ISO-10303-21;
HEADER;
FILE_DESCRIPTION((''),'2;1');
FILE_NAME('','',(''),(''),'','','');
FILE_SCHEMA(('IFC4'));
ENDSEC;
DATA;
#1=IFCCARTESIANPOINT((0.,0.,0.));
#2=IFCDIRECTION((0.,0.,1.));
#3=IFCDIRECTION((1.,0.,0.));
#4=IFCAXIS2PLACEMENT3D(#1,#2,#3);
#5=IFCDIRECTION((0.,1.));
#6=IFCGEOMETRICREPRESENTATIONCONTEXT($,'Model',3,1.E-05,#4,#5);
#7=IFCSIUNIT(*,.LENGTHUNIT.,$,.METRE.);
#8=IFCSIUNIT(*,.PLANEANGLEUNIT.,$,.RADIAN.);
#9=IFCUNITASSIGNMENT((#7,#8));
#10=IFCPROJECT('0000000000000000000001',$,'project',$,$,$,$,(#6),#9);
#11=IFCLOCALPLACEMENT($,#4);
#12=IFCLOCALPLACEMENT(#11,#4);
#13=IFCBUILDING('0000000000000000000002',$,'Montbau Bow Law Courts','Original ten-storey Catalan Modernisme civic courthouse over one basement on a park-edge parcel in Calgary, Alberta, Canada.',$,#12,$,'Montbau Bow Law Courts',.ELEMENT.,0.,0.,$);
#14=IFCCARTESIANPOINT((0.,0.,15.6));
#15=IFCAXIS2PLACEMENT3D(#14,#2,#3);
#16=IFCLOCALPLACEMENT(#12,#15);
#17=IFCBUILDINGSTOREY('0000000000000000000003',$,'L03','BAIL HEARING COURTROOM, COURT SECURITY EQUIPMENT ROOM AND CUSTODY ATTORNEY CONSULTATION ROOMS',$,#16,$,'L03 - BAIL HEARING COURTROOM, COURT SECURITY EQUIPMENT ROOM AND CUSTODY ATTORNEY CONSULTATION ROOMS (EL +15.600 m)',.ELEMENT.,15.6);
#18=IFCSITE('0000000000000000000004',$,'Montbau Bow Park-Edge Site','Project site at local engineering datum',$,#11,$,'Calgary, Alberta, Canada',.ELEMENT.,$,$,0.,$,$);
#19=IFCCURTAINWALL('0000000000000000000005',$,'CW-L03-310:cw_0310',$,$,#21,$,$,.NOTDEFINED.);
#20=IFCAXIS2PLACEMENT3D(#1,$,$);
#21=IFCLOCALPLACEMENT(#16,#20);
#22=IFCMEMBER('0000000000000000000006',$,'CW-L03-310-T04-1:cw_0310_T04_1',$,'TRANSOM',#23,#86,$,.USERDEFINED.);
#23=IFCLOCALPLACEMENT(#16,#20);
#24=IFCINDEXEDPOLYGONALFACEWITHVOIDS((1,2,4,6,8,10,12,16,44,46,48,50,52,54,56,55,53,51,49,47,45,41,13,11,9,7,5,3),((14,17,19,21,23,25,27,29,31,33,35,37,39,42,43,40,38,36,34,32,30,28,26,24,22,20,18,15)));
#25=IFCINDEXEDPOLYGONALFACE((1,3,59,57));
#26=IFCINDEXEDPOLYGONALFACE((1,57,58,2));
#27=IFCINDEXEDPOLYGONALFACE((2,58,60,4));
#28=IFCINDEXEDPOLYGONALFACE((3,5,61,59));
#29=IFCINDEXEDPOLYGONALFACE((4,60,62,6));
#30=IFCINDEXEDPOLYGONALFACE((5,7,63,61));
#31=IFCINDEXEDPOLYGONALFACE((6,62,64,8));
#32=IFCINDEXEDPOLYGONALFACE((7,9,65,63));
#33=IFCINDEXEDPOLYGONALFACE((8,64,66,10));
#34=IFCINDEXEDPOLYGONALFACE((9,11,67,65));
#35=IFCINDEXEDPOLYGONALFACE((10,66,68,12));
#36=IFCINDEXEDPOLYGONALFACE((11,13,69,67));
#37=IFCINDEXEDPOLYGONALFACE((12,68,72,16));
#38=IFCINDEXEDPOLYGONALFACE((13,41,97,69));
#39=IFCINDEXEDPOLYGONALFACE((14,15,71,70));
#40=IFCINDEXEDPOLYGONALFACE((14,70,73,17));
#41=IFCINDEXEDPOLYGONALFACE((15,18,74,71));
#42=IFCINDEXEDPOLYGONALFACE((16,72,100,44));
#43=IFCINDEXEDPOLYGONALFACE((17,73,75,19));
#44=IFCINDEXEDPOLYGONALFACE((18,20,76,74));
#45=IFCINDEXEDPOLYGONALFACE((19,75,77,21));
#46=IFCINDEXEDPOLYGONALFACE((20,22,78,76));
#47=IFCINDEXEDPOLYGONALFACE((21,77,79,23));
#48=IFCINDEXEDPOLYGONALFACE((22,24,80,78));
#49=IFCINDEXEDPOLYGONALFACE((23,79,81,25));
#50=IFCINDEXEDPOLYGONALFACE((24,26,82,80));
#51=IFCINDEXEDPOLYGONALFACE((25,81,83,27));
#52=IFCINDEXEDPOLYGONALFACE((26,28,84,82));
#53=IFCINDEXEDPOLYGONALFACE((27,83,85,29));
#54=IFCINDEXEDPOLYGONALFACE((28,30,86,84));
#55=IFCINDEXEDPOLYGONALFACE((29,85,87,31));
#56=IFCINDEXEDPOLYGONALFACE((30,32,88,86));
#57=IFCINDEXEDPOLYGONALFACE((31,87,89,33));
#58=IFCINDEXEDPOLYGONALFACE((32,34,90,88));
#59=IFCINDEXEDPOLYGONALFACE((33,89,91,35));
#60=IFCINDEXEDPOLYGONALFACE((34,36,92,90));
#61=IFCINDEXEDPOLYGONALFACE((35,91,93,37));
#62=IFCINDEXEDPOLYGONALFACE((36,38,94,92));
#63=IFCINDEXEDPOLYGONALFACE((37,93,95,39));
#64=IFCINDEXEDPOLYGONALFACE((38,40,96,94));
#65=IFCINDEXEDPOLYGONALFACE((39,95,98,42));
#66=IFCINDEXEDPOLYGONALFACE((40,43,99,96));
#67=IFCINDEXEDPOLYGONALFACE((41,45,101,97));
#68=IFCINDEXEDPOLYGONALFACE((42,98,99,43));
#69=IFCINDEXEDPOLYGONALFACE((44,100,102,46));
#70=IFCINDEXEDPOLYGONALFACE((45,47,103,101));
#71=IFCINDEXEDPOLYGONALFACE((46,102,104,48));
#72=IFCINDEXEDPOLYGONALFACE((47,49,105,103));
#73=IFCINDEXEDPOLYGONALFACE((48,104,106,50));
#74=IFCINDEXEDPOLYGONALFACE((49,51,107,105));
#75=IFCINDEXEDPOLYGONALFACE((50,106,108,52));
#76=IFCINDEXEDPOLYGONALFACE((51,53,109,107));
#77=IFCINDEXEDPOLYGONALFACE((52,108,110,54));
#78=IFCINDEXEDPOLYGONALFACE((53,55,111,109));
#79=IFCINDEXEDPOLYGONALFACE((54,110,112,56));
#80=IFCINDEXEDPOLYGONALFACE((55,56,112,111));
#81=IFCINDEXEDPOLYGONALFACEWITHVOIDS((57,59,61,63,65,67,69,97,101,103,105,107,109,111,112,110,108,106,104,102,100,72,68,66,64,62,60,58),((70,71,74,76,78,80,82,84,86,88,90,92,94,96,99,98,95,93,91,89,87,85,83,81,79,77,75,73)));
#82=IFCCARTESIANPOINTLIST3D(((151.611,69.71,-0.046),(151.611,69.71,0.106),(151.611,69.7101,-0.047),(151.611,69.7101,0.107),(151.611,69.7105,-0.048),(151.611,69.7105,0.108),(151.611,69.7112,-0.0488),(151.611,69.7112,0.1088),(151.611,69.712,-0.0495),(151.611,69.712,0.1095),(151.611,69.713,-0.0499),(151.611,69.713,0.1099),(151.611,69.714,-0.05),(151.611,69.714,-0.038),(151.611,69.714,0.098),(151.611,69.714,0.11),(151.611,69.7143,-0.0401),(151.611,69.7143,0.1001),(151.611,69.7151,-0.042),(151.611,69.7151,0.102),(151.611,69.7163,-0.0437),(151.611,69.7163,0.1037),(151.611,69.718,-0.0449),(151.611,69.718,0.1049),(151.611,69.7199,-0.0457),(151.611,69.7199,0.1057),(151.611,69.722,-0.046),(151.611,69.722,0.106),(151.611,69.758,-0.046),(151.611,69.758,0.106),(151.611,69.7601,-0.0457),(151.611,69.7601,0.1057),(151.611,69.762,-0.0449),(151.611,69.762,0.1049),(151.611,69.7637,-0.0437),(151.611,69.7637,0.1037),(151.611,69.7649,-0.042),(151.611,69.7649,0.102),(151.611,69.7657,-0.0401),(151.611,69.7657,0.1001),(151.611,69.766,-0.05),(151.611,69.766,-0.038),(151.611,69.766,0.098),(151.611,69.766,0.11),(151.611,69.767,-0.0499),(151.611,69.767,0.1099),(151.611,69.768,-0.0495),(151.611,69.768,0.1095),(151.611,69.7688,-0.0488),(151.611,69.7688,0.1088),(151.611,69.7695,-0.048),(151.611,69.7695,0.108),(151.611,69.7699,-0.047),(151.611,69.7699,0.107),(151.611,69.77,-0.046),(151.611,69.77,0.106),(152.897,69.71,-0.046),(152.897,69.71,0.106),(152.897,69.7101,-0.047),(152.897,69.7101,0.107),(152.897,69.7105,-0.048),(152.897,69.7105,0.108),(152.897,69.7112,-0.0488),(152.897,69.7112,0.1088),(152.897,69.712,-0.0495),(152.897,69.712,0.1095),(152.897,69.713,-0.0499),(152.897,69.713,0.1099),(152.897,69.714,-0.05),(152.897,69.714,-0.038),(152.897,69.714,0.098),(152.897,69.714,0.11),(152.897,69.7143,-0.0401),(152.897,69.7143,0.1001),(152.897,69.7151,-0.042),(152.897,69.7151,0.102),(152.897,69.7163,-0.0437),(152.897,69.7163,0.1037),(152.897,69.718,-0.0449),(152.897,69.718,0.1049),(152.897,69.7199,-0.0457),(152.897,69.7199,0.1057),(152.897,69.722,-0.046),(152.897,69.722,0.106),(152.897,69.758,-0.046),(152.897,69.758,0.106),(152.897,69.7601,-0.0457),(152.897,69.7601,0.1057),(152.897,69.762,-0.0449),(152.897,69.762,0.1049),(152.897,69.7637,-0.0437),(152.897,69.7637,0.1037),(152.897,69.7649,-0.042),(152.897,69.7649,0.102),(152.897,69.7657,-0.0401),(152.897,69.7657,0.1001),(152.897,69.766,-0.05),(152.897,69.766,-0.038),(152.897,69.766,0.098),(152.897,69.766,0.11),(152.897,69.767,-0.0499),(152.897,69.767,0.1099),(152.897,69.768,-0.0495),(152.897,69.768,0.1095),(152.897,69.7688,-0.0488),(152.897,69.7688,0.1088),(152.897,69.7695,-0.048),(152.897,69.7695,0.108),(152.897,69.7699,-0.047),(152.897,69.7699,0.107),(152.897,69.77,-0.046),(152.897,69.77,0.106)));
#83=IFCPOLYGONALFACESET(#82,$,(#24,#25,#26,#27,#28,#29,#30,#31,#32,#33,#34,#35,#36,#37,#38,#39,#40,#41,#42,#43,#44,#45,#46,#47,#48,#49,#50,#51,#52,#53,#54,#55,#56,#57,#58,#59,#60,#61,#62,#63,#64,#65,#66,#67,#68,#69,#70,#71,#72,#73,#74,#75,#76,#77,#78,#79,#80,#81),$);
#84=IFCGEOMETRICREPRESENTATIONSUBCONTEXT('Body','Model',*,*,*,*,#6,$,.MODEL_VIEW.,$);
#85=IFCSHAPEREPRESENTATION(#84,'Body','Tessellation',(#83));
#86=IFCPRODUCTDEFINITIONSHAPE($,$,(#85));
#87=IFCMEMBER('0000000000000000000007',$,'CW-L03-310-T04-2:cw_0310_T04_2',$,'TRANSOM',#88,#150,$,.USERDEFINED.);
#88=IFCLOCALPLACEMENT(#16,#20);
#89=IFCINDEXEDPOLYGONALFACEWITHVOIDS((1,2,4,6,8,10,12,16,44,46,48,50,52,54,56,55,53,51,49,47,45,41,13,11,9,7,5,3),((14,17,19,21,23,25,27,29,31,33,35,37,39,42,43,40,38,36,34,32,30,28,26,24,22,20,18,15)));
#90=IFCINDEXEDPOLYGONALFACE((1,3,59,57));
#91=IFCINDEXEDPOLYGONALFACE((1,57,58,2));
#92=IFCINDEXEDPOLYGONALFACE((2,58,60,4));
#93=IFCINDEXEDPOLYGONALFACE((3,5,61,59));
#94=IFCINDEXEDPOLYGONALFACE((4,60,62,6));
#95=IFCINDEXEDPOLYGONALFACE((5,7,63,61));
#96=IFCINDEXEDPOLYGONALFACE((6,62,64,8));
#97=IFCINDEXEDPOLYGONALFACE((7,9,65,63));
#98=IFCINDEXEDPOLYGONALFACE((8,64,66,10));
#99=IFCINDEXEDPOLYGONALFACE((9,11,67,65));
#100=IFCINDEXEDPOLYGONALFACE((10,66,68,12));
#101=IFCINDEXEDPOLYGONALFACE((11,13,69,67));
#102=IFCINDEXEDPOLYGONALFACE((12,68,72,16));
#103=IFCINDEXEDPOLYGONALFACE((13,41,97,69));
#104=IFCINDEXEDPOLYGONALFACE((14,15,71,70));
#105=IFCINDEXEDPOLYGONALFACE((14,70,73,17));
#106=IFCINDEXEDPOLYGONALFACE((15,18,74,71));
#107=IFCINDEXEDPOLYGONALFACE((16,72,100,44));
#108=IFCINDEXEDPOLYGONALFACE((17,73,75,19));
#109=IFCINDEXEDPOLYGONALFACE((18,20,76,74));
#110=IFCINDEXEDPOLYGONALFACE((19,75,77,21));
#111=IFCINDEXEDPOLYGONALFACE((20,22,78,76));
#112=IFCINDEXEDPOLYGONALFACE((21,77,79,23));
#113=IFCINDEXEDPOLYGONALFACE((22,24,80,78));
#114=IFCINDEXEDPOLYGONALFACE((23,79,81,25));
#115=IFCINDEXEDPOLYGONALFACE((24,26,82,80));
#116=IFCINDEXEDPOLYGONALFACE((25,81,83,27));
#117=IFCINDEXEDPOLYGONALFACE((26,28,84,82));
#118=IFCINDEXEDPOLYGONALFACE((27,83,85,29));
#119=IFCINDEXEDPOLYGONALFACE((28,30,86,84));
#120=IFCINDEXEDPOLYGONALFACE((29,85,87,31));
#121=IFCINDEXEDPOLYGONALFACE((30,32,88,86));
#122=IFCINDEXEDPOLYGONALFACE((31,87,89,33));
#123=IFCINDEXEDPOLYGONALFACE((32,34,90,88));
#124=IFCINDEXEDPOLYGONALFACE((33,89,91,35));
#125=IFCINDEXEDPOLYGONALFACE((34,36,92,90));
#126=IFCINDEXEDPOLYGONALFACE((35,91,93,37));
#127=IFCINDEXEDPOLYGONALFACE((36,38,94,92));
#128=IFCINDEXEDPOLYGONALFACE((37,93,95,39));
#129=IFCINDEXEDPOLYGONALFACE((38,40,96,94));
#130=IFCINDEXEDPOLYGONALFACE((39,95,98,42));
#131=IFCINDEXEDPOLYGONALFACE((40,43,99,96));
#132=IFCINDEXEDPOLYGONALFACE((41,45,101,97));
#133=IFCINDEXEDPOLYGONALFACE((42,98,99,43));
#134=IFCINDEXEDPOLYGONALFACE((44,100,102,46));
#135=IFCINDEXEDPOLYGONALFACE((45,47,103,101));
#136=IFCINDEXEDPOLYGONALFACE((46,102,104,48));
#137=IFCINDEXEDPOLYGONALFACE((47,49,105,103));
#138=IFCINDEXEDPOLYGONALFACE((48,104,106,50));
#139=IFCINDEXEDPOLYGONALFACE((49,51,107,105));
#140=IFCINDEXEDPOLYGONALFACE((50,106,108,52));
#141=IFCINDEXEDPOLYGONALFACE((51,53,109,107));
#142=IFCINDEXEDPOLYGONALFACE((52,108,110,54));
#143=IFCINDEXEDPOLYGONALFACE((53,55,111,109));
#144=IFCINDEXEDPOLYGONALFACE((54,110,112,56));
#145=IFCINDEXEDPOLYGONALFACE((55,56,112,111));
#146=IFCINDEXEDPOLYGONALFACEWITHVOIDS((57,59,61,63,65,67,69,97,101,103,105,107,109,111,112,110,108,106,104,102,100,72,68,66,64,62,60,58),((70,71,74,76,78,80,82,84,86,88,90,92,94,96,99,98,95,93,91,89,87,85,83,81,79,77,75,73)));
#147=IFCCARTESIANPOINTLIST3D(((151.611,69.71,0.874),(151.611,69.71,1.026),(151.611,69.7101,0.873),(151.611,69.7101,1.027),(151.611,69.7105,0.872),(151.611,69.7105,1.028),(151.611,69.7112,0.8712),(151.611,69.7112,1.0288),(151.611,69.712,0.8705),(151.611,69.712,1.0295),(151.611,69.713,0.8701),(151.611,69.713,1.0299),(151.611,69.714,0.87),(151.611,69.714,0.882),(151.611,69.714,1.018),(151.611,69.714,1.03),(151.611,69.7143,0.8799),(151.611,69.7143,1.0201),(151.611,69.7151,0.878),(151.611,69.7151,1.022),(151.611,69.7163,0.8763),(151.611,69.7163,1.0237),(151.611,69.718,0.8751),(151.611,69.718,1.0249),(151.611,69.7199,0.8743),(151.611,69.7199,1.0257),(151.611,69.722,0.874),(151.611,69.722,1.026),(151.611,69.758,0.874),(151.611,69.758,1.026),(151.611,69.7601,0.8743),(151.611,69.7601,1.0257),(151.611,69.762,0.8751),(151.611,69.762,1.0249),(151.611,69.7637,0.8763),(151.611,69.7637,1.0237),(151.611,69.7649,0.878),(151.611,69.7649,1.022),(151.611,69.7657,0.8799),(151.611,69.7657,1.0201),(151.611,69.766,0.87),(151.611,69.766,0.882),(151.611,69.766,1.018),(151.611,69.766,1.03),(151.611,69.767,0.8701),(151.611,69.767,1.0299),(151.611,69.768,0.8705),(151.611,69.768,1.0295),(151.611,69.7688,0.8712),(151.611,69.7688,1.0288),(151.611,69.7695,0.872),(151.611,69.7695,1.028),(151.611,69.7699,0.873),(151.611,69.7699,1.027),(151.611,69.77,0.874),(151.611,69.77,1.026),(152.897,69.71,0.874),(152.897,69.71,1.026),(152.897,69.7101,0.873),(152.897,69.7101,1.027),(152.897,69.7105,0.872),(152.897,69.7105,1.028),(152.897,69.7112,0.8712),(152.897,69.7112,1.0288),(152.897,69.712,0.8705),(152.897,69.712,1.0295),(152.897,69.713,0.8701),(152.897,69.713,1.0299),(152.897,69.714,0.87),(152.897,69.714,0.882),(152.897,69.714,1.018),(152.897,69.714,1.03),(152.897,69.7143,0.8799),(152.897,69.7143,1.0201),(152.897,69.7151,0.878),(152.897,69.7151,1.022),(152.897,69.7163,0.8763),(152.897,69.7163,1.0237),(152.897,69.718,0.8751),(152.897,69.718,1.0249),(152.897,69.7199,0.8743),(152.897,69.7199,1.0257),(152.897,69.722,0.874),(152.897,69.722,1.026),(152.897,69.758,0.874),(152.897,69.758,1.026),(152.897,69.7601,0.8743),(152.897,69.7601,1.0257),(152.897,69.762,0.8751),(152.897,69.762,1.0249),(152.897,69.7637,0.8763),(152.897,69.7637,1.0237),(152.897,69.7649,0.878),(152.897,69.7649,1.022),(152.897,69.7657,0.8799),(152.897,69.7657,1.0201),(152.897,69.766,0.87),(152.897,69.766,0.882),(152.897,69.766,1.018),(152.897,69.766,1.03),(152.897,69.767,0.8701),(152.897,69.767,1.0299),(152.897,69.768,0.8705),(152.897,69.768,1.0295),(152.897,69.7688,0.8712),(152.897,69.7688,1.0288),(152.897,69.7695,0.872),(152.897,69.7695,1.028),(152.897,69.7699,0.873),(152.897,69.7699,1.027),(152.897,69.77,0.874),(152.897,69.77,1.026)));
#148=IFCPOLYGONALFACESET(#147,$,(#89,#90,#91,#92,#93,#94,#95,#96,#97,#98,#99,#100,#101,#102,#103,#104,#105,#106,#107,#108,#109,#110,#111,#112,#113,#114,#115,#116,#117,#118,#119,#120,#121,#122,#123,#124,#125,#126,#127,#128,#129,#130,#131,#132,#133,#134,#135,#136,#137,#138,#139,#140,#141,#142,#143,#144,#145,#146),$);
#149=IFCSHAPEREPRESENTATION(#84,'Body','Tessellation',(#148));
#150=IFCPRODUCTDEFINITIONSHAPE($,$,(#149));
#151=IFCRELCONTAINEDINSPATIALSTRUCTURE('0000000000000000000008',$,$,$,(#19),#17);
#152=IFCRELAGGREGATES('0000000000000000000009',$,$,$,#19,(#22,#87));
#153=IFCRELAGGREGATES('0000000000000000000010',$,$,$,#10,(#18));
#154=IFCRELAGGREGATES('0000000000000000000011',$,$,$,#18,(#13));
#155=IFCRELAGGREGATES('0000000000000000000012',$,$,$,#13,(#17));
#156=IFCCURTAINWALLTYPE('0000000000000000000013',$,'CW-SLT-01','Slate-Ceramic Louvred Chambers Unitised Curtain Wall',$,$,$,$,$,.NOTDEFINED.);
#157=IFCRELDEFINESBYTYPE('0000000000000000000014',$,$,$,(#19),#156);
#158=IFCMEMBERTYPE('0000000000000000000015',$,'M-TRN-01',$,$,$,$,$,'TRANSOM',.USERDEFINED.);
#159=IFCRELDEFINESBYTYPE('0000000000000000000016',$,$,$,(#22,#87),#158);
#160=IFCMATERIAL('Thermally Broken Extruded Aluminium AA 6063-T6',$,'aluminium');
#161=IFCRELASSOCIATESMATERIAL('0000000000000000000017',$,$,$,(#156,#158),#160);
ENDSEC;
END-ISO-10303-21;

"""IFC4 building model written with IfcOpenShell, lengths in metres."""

from ifc_helpers import new_model, si_unit, direction, frame, origin_with_axes, origin_2d_with_axis, place, context, subcontext, project, spatial, hollow_rectangle, extrude, material, material_profile, profile_set, type_object, element, aggregate, save


model = new_model("IFC4")

# Units and contexts
model_context = context("Model", 3, precision=1e-05, world=origin_with_axes(), true_north=direction((0.0, 1.0)))
body_context = subcontext(model_context, "Body", "Model", "MODEL_VIEW")
ifc_project = project(units=[si_unit("LENGTHUNIT", "METRE"), si_unit("PLANEANGLEUNIT", "RADIAN")], contexts=[model_context])

# Site, building, storey
site_placement = place(None, origin_with_axes())
site = spatial("IfcSite", under=ifc_project, at=site_placement, Name="Montbau Bow Park-Edge Site", Description="Project site at local engineering datum", LongName="Calgary, Alberta, Canada", CompositionType="ELEMENT", RefElevation=0.0)
building_placement = place(site_placement, origin_with_axes())
building = spatial("IfcBuilding", under=site, at=building_placement, Name="Montbau Bow Law Courts", Description="Original ten-storey Catalan Modernisme civic courthouse over one basement on a park-edge parcel in Calgary, Alberta, Canada.", LongName="Montbau Bow Law Courts", CompositionType="ELEMENT", ElevationOfRefHeight=0.0, ElevationOfTerrain=0.0)
storey_placement = place(building_placement, frame((0.0, 0.0, 15.6), z_axis=(0.0, 0.0, 1.0), x_axis=(1.0, 0.0, 0.0)))
storey = spatial("IfcBuildingStorey", under=building, at=storey_placement, Name="L03", Description="BAIL HEARING COURTROOM, COURT SECURITY EQUIPMENT ROOM AND CUSTODY ATTORNEY CONSULTATION ROOMS", LongName="L03 - BAIL HEARING COURTROOM, COURT SECURITY EQUIPMENT ROOM AND CUSTODY ATTORNEY CONSULTATION ROOMS (EL +15.600 m)", CompositionType="ELEMENT", Elevation=15.6)

# Curtain wall, members
ifc_material_1 = material(Name="Thermally Broken Extruded Aluminium AA 6063-T6", Category="aluminium")
curtain_wall_type = type_object("IfcCurtainWallType", Name="CW-SLT-01", Description="Slate-Ceramic Louvred Chambers Unitised Curtain Wall", PredefinedType="NOTDEFINED", material=ifc_material_1)
curtain_wall_placement = place(None, frame((147.515, 69.74, 15.6), z_axis=(0.0, 0.0, 1.0), x_axis=(1.0, 0.0, 0.0)))
curtain_wall = element("IfcCurtainWall", 1, at=curtain_wall_placement, inside=storey, type_object=curtain_wall_type, Name="CW-L03-310:cw_0310", PredefinedType="NOTDEFINED")
ifc_material_profile_1 = material_profile(ifc_material_1, hollow_rectangle(XDim=0.06, YDim=0.16, WallThickness=0.004, InnerFilletRadius=0.008, OuterFilletRadius=0.004, at=origin_2d_with_axis()), Name="CWT-160X60", Category="Main", Priority=0)
ifc_profile_set_1 = profile_set([ifc_material_profile_1], Name="Thermally Broken Extruded Aluminium AA 6063-T6")
member_type_1 = type_object("IfcMemberType", Name="M-TRN-01", ElementType="TRANSOM", PredefinedType="USERDEFINED", material=ifc_profile_set_1)
member_1_placement = place(None, frame((151.611, 69.74, 15.63), z_axis=(1.0, 0.0, 0.0), x_axis=(0.0, 1.0, 0.0)))
member_1 = element("IfcMember", 2, at=member_1_placement, type_object=member_type_1, Name="CW-L03-310-T04-1:cw_0310_T04_1", ObjectType="TRANSOM", PredefinedType="USERDEFINED", context=body_context, shape_type="SweptSolid", body=[
    extrude(hollow_rectangle(XDim=0.06, YDim=0.16, WallThickness=0.004, InnerFilletRadius=0.008, OuterFilletRadius=0.004, at=origin_2d_with_axis()), origin_with_axes(), (0.0, 0.0, 1.0), 1.286),
])
member_2_placement = place(None, frame((151.611, 69.74, 16.55), z_axis=(1.0, 0.0, 0.0), x_axis=(0.0, 1.0, 0.0)))
member_2 = element("IfcMember", 3, at=member_2_placement, type_object=member_type_1, Name="CW-L03-310-T04-2:cw_0310_T04_2", ObjectType="TRANSOM", PredefinedType="USERDEFINED", context=body_context, shape_type="SweptSolid", body=[
    extrude(hollow_rectangle(XDim=0.06, YDim=0.16, WallThickness=0.004, InnerFilletRadius=0.008, OuterFilletRadius=0.004, at=origin_2d_with_axis()), origin_with_axes(), (0.0, 0.0, 1.0), 1.286),
])
aggregate(curtain_wall, [member_1, member_2])

save(model, "model.ifc")
